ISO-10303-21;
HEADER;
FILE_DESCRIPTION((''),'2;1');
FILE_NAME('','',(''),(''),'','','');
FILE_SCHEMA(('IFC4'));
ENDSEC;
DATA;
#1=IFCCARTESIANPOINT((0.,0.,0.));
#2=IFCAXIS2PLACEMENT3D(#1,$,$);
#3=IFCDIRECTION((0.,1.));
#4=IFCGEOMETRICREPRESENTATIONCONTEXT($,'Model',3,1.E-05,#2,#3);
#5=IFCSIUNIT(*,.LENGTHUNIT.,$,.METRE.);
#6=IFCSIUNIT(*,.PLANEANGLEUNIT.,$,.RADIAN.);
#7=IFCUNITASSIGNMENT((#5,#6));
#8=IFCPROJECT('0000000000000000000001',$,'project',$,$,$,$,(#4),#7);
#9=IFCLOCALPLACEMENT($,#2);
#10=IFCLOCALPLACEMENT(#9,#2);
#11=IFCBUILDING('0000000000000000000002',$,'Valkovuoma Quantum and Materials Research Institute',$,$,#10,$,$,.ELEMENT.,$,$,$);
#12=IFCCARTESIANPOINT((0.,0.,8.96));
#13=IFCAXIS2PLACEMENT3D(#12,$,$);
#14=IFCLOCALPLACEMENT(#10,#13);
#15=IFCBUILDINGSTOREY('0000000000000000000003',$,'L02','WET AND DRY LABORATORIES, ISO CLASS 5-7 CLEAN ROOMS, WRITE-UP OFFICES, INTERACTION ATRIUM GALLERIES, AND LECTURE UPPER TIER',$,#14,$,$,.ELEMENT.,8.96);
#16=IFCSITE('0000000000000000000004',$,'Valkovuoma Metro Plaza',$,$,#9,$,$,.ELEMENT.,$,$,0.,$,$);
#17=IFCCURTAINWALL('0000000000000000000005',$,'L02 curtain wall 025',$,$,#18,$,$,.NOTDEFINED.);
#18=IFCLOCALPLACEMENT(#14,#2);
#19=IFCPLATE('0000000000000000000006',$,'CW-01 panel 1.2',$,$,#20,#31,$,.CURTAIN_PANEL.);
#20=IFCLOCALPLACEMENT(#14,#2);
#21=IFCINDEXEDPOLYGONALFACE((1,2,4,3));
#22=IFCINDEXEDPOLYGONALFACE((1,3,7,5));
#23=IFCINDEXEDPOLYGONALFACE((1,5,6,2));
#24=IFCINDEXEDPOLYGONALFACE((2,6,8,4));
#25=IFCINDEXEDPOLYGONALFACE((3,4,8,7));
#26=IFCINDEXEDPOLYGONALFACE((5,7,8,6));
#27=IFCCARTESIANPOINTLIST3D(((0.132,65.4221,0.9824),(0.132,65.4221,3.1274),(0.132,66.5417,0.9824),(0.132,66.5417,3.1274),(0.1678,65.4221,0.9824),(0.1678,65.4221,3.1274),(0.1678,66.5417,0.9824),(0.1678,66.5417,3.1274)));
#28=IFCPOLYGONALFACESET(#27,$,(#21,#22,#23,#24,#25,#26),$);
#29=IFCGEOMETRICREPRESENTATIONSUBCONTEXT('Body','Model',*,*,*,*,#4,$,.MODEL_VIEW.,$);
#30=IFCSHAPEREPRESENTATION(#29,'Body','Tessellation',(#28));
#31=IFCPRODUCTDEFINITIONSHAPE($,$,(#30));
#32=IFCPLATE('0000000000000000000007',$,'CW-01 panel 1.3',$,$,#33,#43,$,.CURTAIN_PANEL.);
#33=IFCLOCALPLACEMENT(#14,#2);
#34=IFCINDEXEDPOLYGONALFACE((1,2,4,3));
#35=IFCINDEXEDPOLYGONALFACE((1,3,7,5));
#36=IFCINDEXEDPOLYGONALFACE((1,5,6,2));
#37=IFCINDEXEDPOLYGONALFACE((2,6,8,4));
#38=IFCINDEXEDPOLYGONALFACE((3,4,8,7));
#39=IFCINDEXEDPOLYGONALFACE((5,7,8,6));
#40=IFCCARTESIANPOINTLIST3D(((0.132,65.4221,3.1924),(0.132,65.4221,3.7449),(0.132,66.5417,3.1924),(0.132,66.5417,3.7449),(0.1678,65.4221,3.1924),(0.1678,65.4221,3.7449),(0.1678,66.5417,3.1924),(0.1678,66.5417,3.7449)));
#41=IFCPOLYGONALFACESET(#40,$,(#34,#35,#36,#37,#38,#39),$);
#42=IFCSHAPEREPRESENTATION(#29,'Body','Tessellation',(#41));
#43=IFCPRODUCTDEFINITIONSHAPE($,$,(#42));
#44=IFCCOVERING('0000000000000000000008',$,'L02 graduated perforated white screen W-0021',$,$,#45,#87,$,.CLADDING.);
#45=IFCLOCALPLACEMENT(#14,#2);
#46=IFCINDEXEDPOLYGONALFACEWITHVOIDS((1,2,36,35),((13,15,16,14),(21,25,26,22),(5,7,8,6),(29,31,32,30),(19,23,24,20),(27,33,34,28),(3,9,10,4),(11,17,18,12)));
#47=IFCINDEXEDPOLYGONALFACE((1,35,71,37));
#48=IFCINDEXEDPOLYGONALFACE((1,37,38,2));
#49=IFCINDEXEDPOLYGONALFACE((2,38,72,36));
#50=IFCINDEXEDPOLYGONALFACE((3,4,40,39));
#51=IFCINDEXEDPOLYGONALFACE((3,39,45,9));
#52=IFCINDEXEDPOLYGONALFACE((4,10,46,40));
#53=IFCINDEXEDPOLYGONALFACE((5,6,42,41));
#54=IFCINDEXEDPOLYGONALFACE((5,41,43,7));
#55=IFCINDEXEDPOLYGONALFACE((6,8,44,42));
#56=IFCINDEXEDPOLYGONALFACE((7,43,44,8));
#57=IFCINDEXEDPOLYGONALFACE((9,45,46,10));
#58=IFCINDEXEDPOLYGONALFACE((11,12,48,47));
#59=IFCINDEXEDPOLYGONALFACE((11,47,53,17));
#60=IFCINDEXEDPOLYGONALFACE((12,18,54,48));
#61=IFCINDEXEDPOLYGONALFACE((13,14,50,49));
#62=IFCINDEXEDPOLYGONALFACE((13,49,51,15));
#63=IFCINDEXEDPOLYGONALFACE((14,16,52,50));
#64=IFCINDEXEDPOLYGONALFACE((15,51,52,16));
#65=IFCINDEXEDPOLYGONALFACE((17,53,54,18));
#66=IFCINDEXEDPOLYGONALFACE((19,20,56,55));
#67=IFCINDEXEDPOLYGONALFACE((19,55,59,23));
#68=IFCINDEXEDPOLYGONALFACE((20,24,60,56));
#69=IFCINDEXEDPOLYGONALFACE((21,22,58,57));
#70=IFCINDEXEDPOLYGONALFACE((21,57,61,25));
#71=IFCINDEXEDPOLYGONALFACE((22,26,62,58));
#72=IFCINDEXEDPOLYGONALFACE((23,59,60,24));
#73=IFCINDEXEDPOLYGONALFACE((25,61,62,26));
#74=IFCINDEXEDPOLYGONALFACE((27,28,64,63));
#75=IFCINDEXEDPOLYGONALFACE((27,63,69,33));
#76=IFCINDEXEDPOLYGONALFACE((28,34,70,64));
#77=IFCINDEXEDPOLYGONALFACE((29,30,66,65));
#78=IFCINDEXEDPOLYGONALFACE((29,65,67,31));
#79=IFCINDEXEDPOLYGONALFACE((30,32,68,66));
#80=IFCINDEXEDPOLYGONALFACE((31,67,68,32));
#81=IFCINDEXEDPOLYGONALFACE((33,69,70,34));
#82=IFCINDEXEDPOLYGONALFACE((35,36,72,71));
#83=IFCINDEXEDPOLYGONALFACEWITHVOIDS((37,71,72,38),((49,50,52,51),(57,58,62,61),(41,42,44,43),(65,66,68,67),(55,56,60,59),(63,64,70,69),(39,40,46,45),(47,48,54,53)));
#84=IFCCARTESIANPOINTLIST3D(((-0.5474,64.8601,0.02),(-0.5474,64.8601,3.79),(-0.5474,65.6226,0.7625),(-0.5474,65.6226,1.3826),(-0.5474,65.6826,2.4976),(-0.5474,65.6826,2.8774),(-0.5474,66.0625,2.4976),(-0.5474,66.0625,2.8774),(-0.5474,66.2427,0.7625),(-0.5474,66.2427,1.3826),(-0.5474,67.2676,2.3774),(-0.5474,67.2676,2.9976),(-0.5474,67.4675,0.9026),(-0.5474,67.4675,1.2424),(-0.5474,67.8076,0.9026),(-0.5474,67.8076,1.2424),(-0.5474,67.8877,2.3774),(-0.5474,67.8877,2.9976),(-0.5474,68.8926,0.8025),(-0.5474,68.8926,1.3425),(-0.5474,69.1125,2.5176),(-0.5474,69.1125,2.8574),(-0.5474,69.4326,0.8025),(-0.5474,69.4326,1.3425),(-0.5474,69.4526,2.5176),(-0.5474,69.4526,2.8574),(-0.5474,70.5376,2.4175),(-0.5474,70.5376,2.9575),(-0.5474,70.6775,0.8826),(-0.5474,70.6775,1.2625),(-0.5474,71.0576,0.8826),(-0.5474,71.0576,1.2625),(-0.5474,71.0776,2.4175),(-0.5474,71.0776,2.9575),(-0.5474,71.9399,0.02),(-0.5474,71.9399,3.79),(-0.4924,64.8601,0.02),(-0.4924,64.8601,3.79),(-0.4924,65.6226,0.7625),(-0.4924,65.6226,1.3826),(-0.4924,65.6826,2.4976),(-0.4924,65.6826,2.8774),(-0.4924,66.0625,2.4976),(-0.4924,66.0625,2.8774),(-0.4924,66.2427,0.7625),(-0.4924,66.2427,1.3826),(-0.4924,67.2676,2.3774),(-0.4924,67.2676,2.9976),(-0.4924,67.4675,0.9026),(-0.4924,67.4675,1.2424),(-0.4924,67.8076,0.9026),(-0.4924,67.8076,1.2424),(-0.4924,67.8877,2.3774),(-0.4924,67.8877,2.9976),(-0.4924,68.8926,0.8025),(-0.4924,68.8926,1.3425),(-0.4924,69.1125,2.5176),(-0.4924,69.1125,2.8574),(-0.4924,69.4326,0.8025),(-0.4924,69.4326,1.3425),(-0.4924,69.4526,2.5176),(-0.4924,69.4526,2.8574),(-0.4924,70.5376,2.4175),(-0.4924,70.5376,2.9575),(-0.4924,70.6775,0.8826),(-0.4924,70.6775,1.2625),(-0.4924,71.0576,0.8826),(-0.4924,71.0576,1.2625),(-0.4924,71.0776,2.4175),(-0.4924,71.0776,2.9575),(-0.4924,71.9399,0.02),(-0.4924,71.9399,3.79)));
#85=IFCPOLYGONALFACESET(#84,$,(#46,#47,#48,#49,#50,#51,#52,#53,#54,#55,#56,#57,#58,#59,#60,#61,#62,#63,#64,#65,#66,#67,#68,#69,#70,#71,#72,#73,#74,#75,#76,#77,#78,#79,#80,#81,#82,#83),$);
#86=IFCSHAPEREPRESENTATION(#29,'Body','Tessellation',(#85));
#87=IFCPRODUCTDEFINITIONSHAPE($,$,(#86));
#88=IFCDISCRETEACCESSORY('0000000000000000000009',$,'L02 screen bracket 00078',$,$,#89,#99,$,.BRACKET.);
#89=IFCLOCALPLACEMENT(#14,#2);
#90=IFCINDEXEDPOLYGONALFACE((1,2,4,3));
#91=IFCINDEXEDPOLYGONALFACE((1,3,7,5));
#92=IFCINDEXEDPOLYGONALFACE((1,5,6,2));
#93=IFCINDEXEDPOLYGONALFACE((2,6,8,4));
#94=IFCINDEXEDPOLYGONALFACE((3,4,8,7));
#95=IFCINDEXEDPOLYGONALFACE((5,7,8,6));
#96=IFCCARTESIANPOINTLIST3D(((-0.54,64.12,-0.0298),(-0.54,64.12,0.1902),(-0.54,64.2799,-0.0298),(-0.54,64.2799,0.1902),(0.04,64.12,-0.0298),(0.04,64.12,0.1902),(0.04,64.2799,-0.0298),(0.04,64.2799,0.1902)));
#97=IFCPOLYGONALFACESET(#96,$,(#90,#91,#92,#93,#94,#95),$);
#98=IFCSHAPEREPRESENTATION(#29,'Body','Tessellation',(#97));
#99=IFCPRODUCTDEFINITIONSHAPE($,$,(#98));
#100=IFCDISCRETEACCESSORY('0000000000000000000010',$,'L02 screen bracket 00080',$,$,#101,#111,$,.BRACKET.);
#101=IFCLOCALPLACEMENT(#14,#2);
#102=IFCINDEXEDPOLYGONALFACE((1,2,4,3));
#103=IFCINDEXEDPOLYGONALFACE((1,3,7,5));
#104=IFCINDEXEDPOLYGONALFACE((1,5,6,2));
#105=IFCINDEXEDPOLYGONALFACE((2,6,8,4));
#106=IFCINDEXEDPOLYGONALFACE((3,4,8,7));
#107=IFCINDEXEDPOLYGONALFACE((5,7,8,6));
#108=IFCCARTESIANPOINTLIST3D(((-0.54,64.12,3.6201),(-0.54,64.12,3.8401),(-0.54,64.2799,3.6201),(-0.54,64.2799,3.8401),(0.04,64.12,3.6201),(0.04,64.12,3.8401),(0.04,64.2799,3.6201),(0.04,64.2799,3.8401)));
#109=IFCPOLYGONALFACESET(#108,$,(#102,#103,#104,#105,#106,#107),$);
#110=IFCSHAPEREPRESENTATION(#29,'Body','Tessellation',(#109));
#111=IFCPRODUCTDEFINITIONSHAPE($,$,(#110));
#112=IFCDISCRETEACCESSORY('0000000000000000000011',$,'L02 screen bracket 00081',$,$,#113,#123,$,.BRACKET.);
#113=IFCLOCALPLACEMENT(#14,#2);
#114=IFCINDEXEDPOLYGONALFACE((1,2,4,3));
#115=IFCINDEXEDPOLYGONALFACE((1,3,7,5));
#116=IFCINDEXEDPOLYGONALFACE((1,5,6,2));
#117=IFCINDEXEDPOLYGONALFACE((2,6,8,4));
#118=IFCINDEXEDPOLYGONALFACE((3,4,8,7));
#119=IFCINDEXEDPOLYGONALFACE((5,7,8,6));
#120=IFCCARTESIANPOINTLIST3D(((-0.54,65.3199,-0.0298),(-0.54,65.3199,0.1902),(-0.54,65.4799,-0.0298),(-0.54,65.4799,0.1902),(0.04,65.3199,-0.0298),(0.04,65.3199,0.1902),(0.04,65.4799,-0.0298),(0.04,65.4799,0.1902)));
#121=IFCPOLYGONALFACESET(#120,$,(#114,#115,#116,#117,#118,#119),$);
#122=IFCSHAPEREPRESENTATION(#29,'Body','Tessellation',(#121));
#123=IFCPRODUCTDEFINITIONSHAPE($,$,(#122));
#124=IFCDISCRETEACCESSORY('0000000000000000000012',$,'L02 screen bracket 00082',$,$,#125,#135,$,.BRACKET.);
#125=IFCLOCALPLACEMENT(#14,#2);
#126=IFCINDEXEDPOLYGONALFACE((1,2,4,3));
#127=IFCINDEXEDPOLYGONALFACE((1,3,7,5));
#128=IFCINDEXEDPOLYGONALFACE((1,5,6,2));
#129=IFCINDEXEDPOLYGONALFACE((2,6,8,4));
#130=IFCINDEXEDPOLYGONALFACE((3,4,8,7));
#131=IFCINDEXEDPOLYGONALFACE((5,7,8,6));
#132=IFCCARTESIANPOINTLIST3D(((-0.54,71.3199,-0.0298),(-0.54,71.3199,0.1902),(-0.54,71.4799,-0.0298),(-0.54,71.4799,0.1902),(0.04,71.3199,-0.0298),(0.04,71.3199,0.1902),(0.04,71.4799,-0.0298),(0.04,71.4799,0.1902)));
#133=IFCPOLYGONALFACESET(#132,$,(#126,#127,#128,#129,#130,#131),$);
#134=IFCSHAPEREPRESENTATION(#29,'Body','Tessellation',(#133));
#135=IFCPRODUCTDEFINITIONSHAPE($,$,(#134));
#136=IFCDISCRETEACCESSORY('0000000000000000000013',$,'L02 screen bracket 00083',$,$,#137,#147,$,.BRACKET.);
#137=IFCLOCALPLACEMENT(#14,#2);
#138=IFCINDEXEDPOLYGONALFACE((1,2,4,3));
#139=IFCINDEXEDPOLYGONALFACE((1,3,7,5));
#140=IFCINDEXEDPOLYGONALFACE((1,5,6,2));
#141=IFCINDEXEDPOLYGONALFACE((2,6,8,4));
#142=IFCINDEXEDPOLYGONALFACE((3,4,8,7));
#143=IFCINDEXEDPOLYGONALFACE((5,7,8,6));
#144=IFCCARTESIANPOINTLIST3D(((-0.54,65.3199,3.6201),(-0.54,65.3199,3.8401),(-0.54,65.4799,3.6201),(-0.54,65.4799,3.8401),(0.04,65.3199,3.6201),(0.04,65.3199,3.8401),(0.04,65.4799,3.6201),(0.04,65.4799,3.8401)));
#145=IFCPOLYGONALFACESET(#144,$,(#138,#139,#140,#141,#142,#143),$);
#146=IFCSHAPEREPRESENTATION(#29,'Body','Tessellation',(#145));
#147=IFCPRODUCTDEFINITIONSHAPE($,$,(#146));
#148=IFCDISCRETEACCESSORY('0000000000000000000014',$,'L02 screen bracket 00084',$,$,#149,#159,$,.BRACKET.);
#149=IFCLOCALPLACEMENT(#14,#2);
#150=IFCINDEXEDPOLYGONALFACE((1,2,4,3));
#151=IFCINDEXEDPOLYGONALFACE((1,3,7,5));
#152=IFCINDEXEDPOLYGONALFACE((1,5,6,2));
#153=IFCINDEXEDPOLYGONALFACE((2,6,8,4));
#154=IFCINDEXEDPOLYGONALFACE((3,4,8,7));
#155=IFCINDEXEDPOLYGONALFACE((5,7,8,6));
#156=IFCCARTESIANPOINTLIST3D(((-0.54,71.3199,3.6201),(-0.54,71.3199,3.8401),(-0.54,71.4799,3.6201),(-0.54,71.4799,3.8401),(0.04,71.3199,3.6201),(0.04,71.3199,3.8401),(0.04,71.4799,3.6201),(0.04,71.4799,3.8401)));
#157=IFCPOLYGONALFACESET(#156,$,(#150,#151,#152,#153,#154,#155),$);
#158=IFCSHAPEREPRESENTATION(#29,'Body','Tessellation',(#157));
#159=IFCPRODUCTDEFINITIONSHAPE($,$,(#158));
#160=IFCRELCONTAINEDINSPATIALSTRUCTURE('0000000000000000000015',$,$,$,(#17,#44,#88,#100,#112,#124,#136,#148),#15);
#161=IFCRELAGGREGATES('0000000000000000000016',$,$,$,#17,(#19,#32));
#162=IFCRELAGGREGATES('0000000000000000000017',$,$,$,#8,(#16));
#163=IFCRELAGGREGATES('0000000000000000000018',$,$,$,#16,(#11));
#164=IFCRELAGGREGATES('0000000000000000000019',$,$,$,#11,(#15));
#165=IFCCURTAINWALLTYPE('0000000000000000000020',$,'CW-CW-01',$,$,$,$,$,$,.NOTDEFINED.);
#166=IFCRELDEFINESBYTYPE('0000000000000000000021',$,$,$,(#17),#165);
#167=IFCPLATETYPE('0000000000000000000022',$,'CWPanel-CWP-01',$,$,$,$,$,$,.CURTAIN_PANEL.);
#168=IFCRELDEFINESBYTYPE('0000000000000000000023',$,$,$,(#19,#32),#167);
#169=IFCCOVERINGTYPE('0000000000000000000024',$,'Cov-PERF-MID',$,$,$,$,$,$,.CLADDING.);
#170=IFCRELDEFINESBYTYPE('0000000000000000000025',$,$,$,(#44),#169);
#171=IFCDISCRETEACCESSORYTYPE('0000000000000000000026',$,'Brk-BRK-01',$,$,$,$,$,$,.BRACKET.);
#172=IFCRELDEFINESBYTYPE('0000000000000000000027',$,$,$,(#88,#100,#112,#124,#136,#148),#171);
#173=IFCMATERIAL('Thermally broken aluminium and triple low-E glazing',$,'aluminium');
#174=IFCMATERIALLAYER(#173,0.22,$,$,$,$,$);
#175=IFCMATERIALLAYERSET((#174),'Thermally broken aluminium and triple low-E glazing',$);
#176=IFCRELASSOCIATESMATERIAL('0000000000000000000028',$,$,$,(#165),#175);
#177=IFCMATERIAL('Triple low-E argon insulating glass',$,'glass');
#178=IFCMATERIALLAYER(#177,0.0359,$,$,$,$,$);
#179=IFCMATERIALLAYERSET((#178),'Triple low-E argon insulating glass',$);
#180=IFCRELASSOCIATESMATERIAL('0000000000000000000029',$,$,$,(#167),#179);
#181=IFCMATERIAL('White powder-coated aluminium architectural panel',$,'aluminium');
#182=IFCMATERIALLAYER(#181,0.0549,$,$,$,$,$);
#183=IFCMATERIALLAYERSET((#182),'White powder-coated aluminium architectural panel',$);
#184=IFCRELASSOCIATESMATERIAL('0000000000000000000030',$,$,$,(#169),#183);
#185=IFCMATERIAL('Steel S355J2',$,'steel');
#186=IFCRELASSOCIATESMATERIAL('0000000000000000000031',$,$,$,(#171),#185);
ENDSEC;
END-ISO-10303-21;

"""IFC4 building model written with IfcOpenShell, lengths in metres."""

from ifc_helpers import new_model, si_unit, direction, frame, origin, origin_2d, place, context, subcontext, project, spatial, polyline, rectangle, outline, extrude, material, layer, layer_set, type_object, element, aggregate, save


model = new_model("IFC4")

# Units and contexts
model_context = context("Model", 3, precision=1e-05, world=origin(), true_north=direction((0.0, 1.0)))
body_context = subcontext(model_context, "Body", "Model", "MODEL_VIEW")
ifc_project = project(units=[si_unit("LENGTHUNIT", "METRE"), si_unit("PLANEANGLEUNIT", "RADIAN")], contexts=[model_context])

# Site, building, storey
site_placement = place(None, origin())
site = spatial("IfcSite", under=ifc_project, at=site_placement, Name="Valkovuoma Metro Plaza", CompositionType="ELEMENT", RefElevation=0.0)
building_placement = place(site_placement, origin())
building = spatial("IfcBuilding", under=site, at=building_placement, Name="Valkovuoma Quantum and Materials Research Institute", CompositionType="ELEMENT")
storey_placement = place(building_placement, frame((0.0, 0.0, 8.96)))
storey = spatial("IfcBuildingStorey", under=building, at=storey_placement, Name="L02", Description="WET AND DRY LABORATORIES, ISO CLASS 5-7 CLEAN ROOMS, WRITE-UP OFFICES, INTERACTION ATRIUM GALLERIES, AND LECTURE UPPER TIER", CompositionType="ELEMENT", Elevation=8.96)

# Curtain wall
ifc_material_1 = material(Name="Thermally broken aluminium and triple low-E glazing", Category="aluminium")
ifc_layer_1 = layer(ifc_material_1, 0.22)
ifc_layer_set_1 = layer_set([ifc_layer_1], Name="Thermally broken aluminium and triple low-E glazing")
curtain_wall_type = type_object("IfcCurtainWallType", Name="CW-CW-01", PredefinedType="NOTDEFINED", material=ifc_layer_set_1)
curtain_wall_1_placement = place(storey_placement, origin())
curtain_wall_1 = element("IfcCurtainWall", 1, at=curtain_wall_1_placement, inside=storey, type_object=curtain_wall_type, Name="L02 curtain wall 025", PredefinedType="NOTDEFINED")

# Plates
ifc_material_2 = material(Name="Triple low-E argon insulating glass", Category="glass")
ifc_layer_2 = layer(ifc_material_2, 0.0359)
ifc_layer_set_2 = layer_set([ifc_layer_2], Name="Triple low-E argon insulating glass")
plate_type = type_object("IfcPlateType", Name="CWPanel-CWP-01", PredefinedType="CURTAIN_PANEL", material=ifc_layer_set_2)
plate_1_placement = place(storey_placement, frame((0.1499, 65.9819, 0.9824), z_axis=(0.0, 0.0, 1.0), x_axis=(0.0, 1.0, 0.0)))
plate_1 = element("IfcPlate", 2, at=plate_1_placement, type_object=plate_type, Name="CW-01 panel 1.2", PredefinedType="CURTAIN_PANEL", context=body_context, shape_type="SweptSolid", body=[
    extrude(rectangle(XDim=1.1196, YDim=0.0359, at=origin_2d()), origin(), (0.0, 0.0, 1.0), 2.145),
])
plate_2_placement = place(storey_placement, frame((0.1499, 65.9819, 3.1924), z_axis=(0.0, 0.0, 1.0), x_axis=(0.0, 1.0, 0.0)))
plate_2 = element("IfcPlate", 3, at=plate_2_placement, type_object=plate_type, Name="CW-01 panel 1.3", PredefinedType="CURTAIN_PANEL", context=body_context, shape_type="SweptSolid", body=[
    extrude(rectangle(XDim=1.1196, YDim=0.0359, at=origin_2d()), origin(), (0.0, 0.0, 1.0), 0.5525),
])
aggregate(curtain_wall_1, [plate_1, plate_2])

# Covering
ifc_material_3 = material(Name="White powder-coated aluminium architectural panel", Category="aluminium")
ifc_layer_3 = layer(ifc_material_3, 0.0549)
ifc_layer_set_3 = layer_set([ifc_layer_3], Name="White powder-coated aluminium architectural panel")
covering_type = type_object("IfcCoveringType", Name="Cov-PERF-MID", PredefinedType="CLADDING", material=ifc_layer_set_3)
covering_placement = place(storey_placement, frame((-0.52, 64.8601, 0.02), z_axis=(0.0, 0.0, 1.0), x_axis=(0.0, 1.0, 0.0)))
element("IfcCovering", 4, at=covering_placement, inside=storey, type_object=covering_type, Name="L02 graduated perforated white screen W-0021", PredefinedType="CLADDING", context=body_context, shape_type="SweptSolid", body=[
    extrude(outline(polyline([(0.0, 0.0), (7.0798, 0.0), (7.0798, 3.77), (0.0, 3.77), (0.0, 0.0)]), holes=[polyline([(0.7625, 0.7424), (0.7625, 1.3625), (1.3826, 1.3625), (1.3826, 0.7424), (0.7625, 0.7424)]), polyline([(0.8225, 2.4775), (0.8225, 2.8574), (1.2024, 2.8574), (1.2024, 2.4775), (0.8225, 2.4775)]), polyline([(2.6074, 0.8826), (2.6074, 1.2224), (2.9475, 1.2224), (2.9475, 0.8826), (2.6074, 0.8826)]), polyline([(2.4075, 2.3574), (2.4075, 2.9775), (3.0276, 2.9775), (3.0276, 2.3574), (2.4075, 2.3574)]), polyline([(4.0325, 0.7825), (4.0325, 1.3225), (4.5725, 1.3225), (4.5725, 0.7825), (4.0325, 0.7825)]), polyline([(4.2524, 2.4976), (4.2524, 2.8374), (4.5925, 2.8374), (4.5925, 2.4976), (4.2524, 2.4976)]), polyline([(5.8174, 0.8625), (5.8174, 1.2424), (6.1975, 1.2424), (6.1975, 0.8625), (5.8174, 0.8625)]), polyline([(5.6775, 2.3975), (5.6775, 2.9375), (6.2175, 2.9375), (6.2175, 2.3975), (5.6775, 2.3975)])]), frame((0.0, 0.0273, 0.0), z_axis=(0.0, -1.0, 0.0), x_axis=(1.0, 0.0, 0.0)), (0.0, 0.0, 1.0), 0.0549),
])

# Discrete accessories
ifc_material_4 = material(Name="Steel S355J2", Category="steel")
discrete_accessory_type = type_object("IfcDiscreteAccessoryType", Name="Brk-BRK-01", PredefinedType="BRACKET", material=ifc_material_4)
for number, where, z_axis, x_axis, name in (
    (5, (-0.25, 64.2, -0.0298), (0.0, 0.0, 1.0), (1.0, 0.0, 0.0), "L02 screen bracket 00078"),
    (6, (-0.25, 64.2, 3.6201), (0.0, 0.0, 1.0), (1.0, 0.0, 0.0), "L02 screen bracket 00080"),
    (7, (-0.25, 65.3999, -0.0298), (0.0, 0.0, 1.0), (1.0, 0.0, 0.0), "L02 screen bracket 00081"),
    (8, (-0.25, 71.3999, -0.0298), (0.0, 0.0, 1.0), (1.0, 0.0, 0.0), "L02 screen bracket 00082"),
    (9, (-0.25, 65.3999, 3.6201), (0.0, 0.0, 1.0), (1.0, 0.0, 0.0), "L02 screen bracket 00083"),
    (10, (-0.25, 71.3999, 3.6201), (0.0, 0.0, 1.0), (1.0, 0.0, 0.0), "L02 screen bracket 00084"),
):
    element("IfcDiscreteAccessory", number, at=place(storey_placement, frame(where, z_axis=z_axis, x_axis=x_axis)), inside=storey, type_object=discrete_accessory_type, Name=name, PredefinedType="BRACKET", context=body_context, shape_type="SweptSolid", body=[
        extrude(rectangle(XDim=0.5801, YDim=0.1599, at=origin_2d()), origin(), (0.0, 0.0, 1.0), 0.22),
    ])

save(model, "model.ifc")
